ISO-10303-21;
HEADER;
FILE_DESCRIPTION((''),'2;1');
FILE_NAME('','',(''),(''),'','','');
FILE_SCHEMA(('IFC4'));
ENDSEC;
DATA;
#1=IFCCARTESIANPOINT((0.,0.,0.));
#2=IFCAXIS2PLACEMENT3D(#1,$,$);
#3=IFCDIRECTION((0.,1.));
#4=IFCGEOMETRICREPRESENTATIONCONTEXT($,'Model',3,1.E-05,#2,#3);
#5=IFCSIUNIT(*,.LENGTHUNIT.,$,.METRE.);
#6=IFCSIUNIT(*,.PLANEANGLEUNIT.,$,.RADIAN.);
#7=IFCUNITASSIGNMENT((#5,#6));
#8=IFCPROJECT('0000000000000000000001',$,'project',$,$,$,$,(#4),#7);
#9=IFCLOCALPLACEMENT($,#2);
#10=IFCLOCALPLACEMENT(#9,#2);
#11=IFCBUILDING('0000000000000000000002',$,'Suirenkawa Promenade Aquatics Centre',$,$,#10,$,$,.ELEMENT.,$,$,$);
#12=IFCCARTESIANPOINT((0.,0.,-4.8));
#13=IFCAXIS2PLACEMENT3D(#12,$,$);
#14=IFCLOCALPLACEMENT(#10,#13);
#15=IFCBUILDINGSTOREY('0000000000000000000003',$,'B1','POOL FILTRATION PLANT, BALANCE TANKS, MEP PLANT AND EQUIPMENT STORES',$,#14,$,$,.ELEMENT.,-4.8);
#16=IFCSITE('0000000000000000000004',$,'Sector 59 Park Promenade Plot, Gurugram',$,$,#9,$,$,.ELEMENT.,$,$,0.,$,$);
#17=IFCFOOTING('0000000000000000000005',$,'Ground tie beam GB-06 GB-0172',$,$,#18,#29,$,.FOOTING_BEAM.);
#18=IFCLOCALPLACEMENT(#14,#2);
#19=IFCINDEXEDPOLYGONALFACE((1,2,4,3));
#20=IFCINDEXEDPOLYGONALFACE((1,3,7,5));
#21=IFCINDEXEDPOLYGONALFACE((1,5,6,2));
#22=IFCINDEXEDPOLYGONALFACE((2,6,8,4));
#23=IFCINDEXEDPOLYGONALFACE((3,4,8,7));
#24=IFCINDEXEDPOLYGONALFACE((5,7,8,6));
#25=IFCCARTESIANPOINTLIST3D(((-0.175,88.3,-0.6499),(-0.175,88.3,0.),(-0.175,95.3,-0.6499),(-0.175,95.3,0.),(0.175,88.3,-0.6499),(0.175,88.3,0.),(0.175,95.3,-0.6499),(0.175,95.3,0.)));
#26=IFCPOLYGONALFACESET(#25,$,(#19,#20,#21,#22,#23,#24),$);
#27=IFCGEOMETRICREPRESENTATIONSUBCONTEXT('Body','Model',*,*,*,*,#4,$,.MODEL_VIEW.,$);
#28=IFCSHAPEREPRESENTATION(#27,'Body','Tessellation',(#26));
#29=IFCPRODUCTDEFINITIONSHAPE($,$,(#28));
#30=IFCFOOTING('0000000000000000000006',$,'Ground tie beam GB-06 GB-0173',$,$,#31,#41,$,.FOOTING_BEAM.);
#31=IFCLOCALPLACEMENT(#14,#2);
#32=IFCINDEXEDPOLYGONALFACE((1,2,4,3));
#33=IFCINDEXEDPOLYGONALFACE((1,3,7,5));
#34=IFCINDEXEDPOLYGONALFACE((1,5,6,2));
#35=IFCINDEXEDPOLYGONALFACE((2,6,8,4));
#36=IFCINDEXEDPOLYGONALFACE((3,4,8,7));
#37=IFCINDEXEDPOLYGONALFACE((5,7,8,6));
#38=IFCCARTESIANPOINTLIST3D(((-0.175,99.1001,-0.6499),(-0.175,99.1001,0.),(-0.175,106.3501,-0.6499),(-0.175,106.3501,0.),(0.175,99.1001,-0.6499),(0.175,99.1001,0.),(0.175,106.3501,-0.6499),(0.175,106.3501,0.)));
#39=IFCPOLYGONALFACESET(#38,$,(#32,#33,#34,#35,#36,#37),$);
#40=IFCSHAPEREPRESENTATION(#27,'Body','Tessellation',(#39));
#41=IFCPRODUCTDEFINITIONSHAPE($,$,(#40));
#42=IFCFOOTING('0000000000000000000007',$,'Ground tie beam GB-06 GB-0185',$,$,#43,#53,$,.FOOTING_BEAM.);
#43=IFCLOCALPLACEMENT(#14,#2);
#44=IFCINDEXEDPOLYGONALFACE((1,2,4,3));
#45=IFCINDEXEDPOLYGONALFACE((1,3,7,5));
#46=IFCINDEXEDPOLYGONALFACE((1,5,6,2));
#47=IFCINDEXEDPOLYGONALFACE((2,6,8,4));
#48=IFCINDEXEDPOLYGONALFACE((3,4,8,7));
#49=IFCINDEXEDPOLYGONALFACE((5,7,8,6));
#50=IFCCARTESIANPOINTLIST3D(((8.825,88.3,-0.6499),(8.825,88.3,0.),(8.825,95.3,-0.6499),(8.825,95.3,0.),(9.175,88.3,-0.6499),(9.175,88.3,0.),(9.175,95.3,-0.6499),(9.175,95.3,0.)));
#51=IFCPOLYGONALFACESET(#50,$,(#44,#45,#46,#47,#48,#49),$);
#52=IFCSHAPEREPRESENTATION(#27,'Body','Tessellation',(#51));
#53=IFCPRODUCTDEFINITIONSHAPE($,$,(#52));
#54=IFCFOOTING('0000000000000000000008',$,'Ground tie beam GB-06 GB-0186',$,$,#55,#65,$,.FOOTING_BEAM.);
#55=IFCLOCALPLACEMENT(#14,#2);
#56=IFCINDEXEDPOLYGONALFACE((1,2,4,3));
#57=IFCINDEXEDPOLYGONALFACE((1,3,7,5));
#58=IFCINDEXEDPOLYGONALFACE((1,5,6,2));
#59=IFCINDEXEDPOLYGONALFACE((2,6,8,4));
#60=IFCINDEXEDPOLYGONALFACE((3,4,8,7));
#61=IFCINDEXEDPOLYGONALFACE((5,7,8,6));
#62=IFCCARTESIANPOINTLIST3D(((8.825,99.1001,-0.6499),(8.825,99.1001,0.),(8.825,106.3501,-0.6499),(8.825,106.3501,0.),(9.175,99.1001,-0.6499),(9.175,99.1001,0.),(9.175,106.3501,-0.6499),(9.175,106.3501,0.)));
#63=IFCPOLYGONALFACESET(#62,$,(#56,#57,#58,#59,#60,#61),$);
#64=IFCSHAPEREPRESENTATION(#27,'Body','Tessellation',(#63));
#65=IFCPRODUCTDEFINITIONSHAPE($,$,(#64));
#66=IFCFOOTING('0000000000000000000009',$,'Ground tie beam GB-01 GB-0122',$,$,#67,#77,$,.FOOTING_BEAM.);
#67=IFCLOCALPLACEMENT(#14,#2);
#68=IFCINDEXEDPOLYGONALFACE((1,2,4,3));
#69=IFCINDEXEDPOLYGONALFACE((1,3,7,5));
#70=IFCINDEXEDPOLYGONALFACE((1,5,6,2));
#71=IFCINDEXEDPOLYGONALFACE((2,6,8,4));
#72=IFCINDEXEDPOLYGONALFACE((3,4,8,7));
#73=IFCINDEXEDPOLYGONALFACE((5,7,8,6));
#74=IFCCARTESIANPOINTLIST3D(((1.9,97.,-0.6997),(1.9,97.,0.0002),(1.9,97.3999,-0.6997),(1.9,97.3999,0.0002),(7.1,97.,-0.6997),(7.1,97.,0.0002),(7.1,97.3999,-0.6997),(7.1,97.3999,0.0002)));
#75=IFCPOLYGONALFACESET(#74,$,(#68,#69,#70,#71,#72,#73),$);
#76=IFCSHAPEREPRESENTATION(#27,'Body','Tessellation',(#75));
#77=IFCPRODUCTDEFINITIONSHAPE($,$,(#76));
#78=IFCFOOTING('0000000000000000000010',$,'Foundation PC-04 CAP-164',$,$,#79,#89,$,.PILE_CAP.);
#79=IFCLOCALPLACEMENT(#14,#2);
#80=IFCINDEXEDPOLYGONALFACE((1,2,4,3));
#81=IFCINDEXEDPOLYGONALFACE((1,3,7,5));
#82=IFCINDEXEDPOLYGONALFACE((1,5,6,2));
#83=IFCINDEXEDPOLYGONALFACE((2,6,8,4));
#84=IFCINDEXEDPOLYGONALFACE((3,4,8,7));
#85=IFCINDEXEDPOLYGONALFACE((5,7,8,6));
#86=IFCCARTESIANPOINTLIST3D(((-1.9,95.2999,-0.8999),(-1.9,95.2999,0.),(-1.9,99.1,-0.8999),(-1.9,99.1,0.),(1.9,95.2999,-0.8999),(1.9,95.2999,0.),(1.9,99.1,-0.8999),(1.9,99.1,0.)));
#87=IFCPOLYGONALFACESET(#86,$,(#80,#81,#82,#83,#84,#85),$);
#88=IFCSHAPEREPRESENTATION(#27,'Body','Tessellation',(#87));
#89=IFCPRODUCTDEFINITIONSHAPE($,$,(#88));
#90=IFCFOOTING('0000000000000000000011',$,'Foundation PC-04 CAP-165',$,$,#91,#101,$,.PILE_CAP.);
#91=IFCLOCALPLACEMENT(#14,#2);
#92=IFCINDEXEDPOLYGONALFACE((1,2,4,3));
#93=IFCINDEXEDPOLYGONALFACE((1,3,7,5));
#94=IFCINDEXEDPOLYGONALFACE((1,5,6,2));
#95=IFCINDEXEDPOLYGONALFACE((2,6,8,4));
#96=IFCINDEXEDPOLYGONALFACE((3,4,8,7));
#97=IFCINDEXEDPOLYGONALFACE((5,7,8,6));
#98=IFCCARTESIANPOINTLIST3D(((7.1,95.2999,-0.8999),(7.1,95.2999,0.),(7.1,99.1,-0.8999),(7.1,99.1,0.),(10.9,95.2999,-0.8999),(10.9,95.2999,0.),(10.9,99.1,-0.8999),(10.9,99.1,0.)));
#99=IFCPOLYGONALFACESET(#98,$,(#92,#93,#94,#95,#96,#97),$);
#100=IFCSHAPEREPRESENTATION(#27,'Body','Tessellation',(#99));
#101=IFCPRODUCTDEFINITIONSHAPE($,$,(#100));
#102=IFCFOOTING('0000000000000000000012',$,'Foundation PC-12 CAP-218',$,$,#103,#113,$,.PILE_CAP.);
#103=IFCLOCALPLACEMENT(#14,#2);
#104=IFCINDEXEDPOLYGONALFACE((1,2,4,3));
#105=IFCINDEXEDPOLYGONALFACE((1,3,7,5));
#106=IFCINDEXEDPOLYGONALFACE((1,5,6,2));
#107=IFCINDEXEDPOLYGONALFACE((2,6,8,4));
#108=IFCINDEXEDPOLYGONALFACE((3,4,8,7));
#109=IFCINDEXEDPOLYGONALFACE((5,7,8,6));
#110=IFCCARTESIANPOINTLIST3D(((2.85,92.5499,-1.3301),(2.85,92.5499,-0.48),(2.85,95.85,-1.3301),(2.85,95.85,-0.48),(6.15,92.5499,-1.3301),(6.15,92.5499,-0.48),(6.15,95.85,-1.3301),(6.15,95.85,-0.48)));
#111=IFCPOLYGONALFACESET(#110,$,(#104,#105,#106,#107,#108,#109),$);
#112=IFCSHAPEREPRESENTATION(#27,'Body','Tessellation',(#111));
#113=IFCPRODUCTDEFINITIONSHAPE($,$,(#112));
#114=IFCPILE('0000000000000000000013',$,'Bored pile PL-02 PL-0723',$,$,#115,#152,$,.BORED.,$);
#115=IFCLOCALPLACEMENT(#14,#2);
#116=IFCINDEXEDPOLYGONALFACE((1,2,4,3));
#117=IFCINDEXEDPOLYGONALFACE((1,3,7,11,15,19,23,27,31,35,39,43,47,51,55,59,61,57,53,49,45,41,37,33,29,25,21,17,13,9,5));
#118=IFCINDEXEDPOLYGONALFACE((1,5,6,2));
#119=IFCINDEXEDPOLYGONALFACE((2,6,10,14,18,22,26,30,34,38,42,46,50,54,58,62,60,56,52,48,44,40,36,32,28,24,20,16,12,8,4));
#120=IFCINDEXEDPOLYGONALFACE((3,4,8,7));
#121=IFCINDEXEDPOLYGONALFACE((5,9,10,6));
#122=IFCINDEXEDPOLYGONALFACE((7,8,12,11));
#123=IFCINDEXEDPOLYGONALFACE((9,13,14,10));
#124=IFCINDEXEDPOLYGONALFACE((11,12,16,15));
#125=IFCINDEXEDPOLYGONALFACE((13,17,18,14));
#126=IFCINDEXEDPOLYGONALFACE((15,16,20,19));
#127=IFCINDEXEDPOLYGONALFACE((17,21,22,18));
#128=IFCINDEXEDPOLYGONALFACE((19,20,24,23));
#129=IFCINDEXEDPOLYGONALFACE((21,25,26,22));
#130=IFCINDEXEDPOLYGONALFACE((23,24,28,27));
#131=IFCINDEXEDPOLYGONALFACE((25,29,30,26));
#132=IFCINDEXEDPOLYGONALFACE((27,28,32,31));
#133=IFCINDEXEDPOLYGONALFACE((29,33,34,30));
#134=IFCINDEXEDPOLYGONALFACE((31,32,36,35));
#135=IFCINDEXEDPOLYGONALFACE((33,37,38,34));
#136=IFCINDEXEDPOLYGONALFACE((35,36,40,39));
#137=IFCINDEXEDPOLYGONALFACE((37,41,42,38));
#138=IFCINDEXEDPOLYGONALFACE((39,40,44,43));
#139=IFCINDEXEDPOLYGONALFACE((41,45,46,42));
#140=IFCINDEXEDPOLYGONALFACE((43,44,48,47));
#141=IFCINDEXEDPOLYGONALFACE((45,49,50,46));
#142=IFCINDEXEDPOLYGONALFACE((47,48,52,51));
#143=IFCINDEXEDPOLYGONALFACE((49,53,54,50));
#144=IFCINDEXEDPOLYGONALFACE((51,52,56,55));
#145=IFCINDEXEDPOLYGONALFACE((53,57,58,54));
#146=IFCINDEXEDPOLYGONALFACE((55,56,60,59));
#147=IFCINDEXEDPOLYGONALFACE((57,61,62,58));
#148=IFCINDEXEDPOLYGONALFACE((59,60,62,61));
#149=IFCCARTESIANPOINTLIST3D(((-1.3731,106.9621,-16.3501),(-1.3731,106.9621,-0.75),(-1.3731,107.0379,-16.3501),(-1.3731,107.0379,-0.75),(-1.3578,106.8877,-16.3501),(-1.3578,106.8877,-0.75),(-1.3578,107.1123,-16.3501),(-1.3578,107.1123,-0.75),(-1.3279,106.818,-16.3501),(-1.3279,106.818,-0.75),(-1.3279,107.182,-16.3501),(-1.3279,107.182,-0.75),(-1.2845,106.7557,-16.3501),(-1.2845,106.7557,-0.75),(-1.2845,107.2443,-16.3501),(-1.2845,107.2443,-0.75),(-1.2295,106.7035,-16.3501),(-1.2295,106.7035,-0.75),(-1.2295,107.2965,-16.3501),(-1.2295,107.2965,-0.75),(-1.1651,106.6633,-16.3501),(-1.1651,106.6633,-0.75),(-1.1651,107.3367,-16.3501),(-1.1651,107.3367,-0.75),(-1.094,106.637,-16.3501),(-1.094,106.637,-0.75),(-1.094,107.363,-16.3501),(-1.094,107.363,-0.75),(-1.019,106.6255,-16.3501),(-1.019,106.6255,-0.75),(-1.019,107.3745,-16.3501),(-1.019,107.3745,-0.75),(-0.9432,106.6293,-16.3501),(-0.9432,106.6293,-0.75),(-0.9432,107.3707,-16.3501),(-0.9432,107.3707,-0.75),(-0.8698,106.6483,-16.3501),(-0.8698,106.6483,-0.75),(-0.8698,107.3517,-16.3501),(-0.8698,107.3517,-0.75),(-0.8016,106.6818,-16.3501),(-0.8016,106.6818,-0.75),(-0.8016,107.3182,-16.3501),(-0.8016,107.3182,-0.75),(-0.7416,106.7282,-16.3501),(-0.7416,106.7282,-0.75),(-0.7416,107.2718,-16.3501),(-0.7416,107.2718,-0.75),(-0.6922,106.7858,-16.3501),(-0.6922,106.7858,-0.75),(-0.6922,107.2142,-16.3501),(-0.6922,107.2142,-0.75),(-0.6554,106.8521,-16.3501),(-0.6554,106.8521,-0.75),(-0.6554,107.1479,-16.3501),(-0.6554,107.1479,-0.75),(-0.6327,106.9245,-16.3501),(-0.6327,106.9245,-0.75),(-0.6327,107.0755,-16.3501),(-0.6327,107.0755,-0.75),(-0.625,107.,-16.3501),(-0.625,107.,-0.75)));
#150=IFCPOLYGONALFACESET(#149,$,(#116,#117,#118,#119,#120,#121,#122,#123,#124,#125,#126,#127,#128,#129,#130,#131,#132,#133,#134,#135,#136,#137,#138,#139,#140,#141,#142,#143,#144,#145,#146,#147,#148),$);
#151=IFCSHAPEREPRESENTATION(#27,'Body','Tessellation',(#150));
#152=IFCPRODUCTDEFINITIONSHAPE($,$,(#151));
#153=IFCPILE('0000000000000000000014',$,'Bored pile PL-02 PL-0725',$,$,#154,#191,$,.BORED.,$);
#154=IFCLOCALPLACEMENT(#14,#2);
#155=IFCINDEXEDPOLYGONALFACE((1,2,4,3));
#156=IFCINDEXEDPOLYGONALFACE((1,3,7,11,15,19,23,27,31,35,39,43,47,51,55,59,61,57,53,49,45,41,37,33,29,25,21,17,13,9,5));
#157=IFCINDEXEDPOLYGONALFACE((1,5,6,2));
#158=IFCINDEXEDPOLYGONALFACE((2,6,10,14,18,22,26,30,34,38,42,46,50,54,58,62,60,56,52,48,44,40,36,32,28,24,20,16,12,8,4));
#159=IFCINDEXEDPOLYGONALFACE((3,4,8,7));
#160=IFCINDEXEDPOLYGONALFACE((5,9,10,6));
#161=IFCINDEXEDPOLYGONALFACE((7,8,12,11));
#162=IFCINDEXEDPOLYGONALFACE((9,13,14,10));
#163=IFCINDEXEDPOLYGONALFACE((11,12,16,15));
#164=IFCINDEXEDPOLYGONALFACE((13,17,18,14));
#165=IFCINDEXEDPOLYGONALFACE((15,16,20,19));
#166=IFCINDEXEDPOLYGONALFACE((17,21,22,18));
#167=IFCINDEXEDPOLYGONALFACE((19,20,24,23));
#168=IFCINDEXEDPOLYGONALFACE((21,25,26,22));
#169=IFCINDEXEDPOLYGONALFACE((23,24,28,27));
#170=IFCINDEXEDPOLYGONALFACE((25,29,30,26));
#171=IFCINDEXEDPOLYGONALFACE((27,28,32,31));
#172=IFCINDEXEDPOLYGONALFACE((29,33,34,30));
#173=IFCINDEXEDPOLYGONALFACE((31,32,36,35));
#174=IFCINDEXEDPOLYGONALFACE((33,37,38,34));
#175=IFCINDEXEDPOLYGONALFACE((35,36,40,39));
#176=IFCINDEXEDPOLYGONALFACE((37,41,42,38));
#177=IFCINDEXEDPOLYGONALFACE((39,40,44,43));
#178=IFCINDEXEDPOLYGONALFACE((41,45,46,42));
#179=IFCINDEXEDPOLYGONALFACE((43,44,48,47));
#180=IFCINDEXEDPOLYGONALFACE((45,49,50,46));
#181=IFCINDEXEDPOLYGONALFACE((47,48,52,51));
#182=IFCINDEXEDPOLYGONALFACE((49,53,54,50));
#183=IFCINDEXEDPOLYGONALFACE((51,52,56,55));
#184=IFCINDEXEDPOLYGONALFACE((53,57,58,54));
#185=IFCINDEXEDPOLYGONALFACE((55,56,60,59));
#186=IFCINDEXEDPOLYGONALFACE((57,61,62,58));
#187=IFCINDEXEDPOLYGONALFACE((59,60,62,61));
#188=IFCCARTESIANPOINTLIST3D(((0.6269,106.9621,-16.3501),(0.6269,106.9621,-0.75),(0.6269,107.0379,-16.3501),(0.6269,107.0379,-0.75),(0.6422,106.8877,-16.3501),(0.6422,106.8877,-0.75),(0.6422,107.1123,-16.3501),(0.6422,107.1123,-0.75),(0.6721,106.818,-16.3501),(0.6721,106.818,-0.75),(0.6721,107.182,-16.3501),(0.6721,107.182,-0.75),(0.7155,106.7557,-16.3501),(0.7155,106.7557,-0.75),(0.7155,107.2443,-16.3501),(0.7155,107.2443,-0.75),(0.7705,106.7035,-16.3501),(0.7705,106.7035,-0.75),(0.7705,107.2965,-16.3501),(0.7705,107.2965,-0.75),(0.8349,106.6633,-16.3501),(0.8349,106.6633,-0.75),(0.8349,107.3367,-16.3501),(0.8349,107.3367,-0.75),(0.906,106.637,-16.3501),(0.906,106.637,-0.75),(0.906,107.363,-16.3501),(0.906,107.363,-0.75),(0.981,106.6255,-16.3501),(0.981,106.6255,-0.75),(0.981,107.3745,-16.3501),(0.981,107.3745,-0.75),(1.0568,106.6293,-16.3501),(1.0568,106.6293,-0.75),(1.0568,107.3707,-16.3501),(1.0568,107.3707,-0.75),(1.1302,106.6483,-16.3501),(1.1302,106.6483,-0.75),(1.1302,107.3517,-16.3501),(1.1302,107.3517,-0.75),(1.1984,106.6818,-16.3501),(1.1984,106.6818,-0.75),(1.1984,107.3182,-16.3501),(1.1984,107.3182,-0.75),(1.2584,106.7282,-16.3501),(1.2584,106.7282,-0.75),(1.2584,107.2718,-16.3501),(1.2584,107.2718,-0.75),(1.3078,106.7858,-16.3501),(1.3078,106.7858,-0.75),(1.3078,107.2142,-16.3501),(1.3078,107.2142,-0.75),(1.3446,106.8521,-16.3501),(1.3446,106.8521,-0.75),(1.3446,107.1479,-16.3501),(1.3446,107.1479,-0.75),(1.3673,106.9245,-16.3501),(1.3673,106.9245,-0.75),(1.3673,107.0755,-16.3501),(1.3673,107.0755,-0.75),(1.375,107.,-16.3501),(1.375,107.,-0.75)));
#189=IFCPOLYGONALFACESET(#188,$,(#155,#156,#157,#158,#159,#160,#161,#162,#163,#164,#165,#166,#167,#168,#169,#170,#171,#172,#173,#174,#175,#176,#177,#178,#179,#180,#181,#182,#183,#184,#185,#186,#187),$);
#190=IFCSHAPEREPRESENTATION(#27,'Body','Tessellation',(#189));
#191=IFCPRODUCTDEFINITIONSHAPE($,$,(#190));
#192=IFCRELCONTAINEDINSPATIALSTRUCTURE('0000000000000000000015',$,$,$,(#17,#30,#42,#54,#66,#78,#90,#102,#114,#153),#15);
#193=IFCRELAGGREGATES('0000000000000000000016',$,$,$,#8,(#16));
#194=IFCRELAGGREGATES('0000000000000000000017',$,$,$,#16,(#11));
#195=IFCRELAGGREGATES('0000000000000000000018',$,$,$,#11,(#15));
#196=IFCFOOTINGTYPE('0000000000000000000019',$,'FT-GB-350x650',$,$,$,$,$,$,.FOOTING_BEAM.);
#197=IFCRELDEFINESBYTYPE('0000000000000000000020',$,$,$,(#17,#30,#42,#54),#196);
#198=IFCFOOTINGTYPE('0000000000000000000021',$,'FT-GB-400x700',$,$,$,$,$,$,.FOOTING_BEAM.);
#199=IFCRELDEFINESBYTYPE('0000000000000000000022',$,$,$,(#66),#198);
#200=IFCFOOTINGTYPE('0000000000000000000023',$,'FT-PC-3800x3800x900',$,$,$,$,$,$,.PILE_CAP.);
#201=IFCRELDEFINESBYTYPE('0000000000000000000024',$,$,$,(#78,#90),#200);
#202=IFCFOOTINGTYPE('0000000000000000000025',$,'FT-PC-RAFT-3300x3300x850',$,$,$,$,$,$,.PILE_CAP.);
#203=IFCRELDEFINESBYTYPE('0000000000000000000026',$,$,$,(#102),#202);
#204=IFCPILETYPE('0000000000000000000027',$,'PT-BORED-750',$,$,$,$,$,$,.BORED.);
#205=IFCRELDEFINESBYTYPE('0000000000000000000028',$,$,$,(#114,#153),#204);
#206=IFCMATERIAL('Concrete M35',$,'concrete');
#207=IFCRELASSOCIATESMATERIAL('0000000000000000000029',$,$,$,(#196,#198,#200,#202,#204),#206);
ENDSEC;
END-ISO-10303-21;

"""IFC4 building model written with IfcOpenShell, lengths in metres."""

from ifc_helpers import new_model, si_unit, direction, frame, origin, origin_2d, place, context, subcontext, project, spatial, rectangle, circle, extrude, material, material_profile, profile_set, type_object, element, save


model = new_model("IFC4")

# Units and contexts
model_context = context("Model", 3, precision=1e-05, world=origin(), true_north=direction((0.0, 1.0)))
body_context = subcontext(model_context, "Body", "Model", "MODEL_VIEW")
ifc_project = project(units=[si_unit("LENGTHUNIT", "METRE"), si_unit("PLANEANGLEUNIT", "RADIAN")], contexts=[model_context])

# Site, building, storey
site_placement = place(None, origin())
site = spatial("IfcSite", under=ifc_project, at=site_placement, Name="Sector 59 Park Promenade Plot, Gurugram", CompositionType="ELEMENT", RefElevation=0.0)
building_placement = place(site_placement, origin())
building = spatial("IfcBuilding", under=site, at=building_placement, Name="Suirenkawa Promenade Aquatics Centre", CompositionType="ELEMENT")
storey_placement = place(building_placement, frame((0.0, 0.0, -4.8)))
storey = spatial("IfcBuildingStorey", under=building, at=storey_placement, Name="B1", Description="POOL FILTRATION PLANT, BALANCE TANKS, MEP PLANT AND EQUIPMENT STORES", CompositionType="ELEMENT", Elevation=-4.8)

# Footings
ifc_material_1 = material(Name="Concrete M35", Category="concrete")
footing_type_1 = type_object("IfcFootingType", Name="FT-GB-350x650", PredefinedType="FOOTING_BEAM", material=ifc_material_1)
footing_1_placement = place(storey_placement, frame((0.0, 91.8, -0.6499), z_axis=(0.0, 0.0, 1.0), x_axis=(0.0, 1.0, 0.0)))
element("IfcFooting", 1, at=footing_1_placement, inside=storey, type_object=footing_type_1, Name="Ground tie beam GB-06 GB-0172", PredefinedType="FOOTING_BEAM", context=body_context, shape_type="SweptSolid", body=[
    extrude(rectangle(XDim=7.0, YDim=0.3501, at=origin_2d()), origin(), (0.0, 0.0, 1.0), 0.6499),
])
footing_2_placement = place(storey_placement, frame((0.0, 102.7251, -0.6499), z_axis=(0.0, 0.0, 1.0), x_axis=(0.0, 1.0, 0.0)))
element("IfcFooting", 2, at=footing_2_placement, inside=storey, type_object=footing_type_1, Name="Ground tie beam GB-06 GB-0173", PredefinedType="FOOTING_BEAM", context=body_context, shape_type="SweptSolid", body=[
    extrude(rectangle(XDim=7.25, YDim=0.3501, at=origin_2d()), origin(), (0.0, 0.0, 1.0), 0.6499),
])
footing_3_placement = place(storey_placement, frame((9.0, 91.8, -0.6499), z_axis=(0.0, 0.0, 1.0), x_axis=(0.0, 1.0, 0.0)))
element("IfcFooting", 3, at=footing_3_placement, inside=storey, type_object=footing_type_1, Name="Ground tie beam GB-06 GB-0185", PredefinedType="FOOTING_BEAM", context=body_context, shape_type="SweptSolid", body=[
    extrude(rectangle(XDim=7.0, YDim=0.3501, at=origin_2d()), origin(), (0.0, 0.0, 1.0), 0.6499),
])
footing_4_placement = place(storey_placement, frame((9.0, 102.7251, -0.6499), z_axis=(0.0, 0.0, 1.0), x_axis=(0.0, 1.0, 0.0)))
element("IfcFooting", 4, at=footing_4_placement, inside=storey, type_object=footing_type_1, Name="Ground tie beam GB-06 GB-0186", PredefinedType="FOOTING_BEAM", context=body_context, shape_type="SweptSolid", body=[
    extrude(rectangle(XDim=7.25, YDim=0.3501, at=origin_2d()), origin(), (0.0, 0.0, 1.0), 0.6499),
])
footing_type_2 = type_object("IfcFootingType", Name="FT-GB-400x700", PredefinedType="FOOTING_BEAM", material=ifc_material_1)
footing_5_placement = place(storey_placement, frame((4.5, 97.2, -0.6997), z_axis=(0.0, 0.0, 1.0), x_axis=(1.0, 0.0, 0.0)))
element("IfcFooting", 5, at=footing_5_placement, inside=storey, type_object=footing_type_2, Name="Ground tie beam GB-01 GB-0122", PredefinedType="FOOTING_BEAM", context=body_context, shape_type="SweptSolid", body=[
    extrude(rectangle(XDim=5.2, YDim=0.3999, at=origin_2d()), origin(), (0.0, 0.0, 1.0), 0.7),
])
footing_type_3 = type_object("IfcFootingType", Name="FT-PC-3800x3800x900", PredefinedType="PILE_CAP", material=ifc_material_1)
for number, where, z_axis, x_axis, name in (
    (6, (0.0, 97.2, -0.8999), (0.0, 0.0, 1.0), (1.0, 0.0, 0.0), "Foundation PC-04 CAP-164"),
    (7, (9.0, 97.2, -0.8999), (0.0, 0.0, 1.0), (1.0, 0.0, 0.0), "Foundation PC-04 CAP-165"),
):
    element("IfcFooting", number, at=place(storey_placement, frame(where, z_axis=z_axis, x_axis=x_axis)), inside=storey, type_object=footing_type_3, Name=name, PredefinedType="PILE_CAP", context=body_context, shape_type="SweptSolid", body=[
        extrude(rectangle(XDim=3.8, YDim=3.8, at=origin_2d()), origin(), (0.0, 0.0, 1.0), 0.8999),
    ])
footing_type_4 = type_object("IfcFootingType", Name="FT-PC-RAFT-3300x3300x850", PredefinedType="PILE_CAP", material=ifc_material_1)
footing_6_placement = place(storey_placement, frame((4.5, 94.2, -1.3301), z_axis=(0.0, 0.0, 1.0), x_axis=(1.0, 0.0, 0.0)))
element("IfcFooting", 8, at=footing_6_placement, inside=storey, type_object=footing_type_4, Name="Foundation PC-12 CAP-218", PredefinedType="PILE_CAP", context=body_context, shape_type="SweptSolid", body=[
    extrude(rectangle(XDim=3.3, YDim=3.3, at=origin_2d()), origin(), (0.0, 0.0, 1.0), 0.8501),
])

# Piles
ifc_material_profile_1 = material_profile(ifc_material_1, circle(Radius=0.375, at=origin_2d()), Name="PILE D750", Category="concrete")
ifc_profile_set_1 = profile_set([ifc_material_profile_1], Name="Concrete M35")
pile_type_1 = type_object("IfcPileType", Name="PT-BORED-750", PredefinedType="BORED", material=ifc_profile_set_1)
for number, where, z_axis, x_axis, name in (
    (9, (-1.0, 107.0, -0.75), (0.0, 0.0, -1.0), (1.0, 0.0, 0.0), "Bored pile PL-02 PL-0723"),
    (10, (1.0, 107.0, -0.75), (0.0, 0.0, -1.0), (1.0, 0.0, 0.0), "Bored pile PL-02 PL-0725"),
):
    element("IfcPile", number, at=place(storey_placement, frame(where, z_axis=z_axis, x_axis=x_axis)), inside=storey, type_object=pile_type_1, Name=name, PredefinedType="BORED", context=body_context, shape_type="SweptSolid", body=[
        extrude(circle(Radius=0.375, at=origin_2d()), origin(), (0.0, 0.0, 1.0), 15.6001),
    ])

save(model, "model.ifc")
